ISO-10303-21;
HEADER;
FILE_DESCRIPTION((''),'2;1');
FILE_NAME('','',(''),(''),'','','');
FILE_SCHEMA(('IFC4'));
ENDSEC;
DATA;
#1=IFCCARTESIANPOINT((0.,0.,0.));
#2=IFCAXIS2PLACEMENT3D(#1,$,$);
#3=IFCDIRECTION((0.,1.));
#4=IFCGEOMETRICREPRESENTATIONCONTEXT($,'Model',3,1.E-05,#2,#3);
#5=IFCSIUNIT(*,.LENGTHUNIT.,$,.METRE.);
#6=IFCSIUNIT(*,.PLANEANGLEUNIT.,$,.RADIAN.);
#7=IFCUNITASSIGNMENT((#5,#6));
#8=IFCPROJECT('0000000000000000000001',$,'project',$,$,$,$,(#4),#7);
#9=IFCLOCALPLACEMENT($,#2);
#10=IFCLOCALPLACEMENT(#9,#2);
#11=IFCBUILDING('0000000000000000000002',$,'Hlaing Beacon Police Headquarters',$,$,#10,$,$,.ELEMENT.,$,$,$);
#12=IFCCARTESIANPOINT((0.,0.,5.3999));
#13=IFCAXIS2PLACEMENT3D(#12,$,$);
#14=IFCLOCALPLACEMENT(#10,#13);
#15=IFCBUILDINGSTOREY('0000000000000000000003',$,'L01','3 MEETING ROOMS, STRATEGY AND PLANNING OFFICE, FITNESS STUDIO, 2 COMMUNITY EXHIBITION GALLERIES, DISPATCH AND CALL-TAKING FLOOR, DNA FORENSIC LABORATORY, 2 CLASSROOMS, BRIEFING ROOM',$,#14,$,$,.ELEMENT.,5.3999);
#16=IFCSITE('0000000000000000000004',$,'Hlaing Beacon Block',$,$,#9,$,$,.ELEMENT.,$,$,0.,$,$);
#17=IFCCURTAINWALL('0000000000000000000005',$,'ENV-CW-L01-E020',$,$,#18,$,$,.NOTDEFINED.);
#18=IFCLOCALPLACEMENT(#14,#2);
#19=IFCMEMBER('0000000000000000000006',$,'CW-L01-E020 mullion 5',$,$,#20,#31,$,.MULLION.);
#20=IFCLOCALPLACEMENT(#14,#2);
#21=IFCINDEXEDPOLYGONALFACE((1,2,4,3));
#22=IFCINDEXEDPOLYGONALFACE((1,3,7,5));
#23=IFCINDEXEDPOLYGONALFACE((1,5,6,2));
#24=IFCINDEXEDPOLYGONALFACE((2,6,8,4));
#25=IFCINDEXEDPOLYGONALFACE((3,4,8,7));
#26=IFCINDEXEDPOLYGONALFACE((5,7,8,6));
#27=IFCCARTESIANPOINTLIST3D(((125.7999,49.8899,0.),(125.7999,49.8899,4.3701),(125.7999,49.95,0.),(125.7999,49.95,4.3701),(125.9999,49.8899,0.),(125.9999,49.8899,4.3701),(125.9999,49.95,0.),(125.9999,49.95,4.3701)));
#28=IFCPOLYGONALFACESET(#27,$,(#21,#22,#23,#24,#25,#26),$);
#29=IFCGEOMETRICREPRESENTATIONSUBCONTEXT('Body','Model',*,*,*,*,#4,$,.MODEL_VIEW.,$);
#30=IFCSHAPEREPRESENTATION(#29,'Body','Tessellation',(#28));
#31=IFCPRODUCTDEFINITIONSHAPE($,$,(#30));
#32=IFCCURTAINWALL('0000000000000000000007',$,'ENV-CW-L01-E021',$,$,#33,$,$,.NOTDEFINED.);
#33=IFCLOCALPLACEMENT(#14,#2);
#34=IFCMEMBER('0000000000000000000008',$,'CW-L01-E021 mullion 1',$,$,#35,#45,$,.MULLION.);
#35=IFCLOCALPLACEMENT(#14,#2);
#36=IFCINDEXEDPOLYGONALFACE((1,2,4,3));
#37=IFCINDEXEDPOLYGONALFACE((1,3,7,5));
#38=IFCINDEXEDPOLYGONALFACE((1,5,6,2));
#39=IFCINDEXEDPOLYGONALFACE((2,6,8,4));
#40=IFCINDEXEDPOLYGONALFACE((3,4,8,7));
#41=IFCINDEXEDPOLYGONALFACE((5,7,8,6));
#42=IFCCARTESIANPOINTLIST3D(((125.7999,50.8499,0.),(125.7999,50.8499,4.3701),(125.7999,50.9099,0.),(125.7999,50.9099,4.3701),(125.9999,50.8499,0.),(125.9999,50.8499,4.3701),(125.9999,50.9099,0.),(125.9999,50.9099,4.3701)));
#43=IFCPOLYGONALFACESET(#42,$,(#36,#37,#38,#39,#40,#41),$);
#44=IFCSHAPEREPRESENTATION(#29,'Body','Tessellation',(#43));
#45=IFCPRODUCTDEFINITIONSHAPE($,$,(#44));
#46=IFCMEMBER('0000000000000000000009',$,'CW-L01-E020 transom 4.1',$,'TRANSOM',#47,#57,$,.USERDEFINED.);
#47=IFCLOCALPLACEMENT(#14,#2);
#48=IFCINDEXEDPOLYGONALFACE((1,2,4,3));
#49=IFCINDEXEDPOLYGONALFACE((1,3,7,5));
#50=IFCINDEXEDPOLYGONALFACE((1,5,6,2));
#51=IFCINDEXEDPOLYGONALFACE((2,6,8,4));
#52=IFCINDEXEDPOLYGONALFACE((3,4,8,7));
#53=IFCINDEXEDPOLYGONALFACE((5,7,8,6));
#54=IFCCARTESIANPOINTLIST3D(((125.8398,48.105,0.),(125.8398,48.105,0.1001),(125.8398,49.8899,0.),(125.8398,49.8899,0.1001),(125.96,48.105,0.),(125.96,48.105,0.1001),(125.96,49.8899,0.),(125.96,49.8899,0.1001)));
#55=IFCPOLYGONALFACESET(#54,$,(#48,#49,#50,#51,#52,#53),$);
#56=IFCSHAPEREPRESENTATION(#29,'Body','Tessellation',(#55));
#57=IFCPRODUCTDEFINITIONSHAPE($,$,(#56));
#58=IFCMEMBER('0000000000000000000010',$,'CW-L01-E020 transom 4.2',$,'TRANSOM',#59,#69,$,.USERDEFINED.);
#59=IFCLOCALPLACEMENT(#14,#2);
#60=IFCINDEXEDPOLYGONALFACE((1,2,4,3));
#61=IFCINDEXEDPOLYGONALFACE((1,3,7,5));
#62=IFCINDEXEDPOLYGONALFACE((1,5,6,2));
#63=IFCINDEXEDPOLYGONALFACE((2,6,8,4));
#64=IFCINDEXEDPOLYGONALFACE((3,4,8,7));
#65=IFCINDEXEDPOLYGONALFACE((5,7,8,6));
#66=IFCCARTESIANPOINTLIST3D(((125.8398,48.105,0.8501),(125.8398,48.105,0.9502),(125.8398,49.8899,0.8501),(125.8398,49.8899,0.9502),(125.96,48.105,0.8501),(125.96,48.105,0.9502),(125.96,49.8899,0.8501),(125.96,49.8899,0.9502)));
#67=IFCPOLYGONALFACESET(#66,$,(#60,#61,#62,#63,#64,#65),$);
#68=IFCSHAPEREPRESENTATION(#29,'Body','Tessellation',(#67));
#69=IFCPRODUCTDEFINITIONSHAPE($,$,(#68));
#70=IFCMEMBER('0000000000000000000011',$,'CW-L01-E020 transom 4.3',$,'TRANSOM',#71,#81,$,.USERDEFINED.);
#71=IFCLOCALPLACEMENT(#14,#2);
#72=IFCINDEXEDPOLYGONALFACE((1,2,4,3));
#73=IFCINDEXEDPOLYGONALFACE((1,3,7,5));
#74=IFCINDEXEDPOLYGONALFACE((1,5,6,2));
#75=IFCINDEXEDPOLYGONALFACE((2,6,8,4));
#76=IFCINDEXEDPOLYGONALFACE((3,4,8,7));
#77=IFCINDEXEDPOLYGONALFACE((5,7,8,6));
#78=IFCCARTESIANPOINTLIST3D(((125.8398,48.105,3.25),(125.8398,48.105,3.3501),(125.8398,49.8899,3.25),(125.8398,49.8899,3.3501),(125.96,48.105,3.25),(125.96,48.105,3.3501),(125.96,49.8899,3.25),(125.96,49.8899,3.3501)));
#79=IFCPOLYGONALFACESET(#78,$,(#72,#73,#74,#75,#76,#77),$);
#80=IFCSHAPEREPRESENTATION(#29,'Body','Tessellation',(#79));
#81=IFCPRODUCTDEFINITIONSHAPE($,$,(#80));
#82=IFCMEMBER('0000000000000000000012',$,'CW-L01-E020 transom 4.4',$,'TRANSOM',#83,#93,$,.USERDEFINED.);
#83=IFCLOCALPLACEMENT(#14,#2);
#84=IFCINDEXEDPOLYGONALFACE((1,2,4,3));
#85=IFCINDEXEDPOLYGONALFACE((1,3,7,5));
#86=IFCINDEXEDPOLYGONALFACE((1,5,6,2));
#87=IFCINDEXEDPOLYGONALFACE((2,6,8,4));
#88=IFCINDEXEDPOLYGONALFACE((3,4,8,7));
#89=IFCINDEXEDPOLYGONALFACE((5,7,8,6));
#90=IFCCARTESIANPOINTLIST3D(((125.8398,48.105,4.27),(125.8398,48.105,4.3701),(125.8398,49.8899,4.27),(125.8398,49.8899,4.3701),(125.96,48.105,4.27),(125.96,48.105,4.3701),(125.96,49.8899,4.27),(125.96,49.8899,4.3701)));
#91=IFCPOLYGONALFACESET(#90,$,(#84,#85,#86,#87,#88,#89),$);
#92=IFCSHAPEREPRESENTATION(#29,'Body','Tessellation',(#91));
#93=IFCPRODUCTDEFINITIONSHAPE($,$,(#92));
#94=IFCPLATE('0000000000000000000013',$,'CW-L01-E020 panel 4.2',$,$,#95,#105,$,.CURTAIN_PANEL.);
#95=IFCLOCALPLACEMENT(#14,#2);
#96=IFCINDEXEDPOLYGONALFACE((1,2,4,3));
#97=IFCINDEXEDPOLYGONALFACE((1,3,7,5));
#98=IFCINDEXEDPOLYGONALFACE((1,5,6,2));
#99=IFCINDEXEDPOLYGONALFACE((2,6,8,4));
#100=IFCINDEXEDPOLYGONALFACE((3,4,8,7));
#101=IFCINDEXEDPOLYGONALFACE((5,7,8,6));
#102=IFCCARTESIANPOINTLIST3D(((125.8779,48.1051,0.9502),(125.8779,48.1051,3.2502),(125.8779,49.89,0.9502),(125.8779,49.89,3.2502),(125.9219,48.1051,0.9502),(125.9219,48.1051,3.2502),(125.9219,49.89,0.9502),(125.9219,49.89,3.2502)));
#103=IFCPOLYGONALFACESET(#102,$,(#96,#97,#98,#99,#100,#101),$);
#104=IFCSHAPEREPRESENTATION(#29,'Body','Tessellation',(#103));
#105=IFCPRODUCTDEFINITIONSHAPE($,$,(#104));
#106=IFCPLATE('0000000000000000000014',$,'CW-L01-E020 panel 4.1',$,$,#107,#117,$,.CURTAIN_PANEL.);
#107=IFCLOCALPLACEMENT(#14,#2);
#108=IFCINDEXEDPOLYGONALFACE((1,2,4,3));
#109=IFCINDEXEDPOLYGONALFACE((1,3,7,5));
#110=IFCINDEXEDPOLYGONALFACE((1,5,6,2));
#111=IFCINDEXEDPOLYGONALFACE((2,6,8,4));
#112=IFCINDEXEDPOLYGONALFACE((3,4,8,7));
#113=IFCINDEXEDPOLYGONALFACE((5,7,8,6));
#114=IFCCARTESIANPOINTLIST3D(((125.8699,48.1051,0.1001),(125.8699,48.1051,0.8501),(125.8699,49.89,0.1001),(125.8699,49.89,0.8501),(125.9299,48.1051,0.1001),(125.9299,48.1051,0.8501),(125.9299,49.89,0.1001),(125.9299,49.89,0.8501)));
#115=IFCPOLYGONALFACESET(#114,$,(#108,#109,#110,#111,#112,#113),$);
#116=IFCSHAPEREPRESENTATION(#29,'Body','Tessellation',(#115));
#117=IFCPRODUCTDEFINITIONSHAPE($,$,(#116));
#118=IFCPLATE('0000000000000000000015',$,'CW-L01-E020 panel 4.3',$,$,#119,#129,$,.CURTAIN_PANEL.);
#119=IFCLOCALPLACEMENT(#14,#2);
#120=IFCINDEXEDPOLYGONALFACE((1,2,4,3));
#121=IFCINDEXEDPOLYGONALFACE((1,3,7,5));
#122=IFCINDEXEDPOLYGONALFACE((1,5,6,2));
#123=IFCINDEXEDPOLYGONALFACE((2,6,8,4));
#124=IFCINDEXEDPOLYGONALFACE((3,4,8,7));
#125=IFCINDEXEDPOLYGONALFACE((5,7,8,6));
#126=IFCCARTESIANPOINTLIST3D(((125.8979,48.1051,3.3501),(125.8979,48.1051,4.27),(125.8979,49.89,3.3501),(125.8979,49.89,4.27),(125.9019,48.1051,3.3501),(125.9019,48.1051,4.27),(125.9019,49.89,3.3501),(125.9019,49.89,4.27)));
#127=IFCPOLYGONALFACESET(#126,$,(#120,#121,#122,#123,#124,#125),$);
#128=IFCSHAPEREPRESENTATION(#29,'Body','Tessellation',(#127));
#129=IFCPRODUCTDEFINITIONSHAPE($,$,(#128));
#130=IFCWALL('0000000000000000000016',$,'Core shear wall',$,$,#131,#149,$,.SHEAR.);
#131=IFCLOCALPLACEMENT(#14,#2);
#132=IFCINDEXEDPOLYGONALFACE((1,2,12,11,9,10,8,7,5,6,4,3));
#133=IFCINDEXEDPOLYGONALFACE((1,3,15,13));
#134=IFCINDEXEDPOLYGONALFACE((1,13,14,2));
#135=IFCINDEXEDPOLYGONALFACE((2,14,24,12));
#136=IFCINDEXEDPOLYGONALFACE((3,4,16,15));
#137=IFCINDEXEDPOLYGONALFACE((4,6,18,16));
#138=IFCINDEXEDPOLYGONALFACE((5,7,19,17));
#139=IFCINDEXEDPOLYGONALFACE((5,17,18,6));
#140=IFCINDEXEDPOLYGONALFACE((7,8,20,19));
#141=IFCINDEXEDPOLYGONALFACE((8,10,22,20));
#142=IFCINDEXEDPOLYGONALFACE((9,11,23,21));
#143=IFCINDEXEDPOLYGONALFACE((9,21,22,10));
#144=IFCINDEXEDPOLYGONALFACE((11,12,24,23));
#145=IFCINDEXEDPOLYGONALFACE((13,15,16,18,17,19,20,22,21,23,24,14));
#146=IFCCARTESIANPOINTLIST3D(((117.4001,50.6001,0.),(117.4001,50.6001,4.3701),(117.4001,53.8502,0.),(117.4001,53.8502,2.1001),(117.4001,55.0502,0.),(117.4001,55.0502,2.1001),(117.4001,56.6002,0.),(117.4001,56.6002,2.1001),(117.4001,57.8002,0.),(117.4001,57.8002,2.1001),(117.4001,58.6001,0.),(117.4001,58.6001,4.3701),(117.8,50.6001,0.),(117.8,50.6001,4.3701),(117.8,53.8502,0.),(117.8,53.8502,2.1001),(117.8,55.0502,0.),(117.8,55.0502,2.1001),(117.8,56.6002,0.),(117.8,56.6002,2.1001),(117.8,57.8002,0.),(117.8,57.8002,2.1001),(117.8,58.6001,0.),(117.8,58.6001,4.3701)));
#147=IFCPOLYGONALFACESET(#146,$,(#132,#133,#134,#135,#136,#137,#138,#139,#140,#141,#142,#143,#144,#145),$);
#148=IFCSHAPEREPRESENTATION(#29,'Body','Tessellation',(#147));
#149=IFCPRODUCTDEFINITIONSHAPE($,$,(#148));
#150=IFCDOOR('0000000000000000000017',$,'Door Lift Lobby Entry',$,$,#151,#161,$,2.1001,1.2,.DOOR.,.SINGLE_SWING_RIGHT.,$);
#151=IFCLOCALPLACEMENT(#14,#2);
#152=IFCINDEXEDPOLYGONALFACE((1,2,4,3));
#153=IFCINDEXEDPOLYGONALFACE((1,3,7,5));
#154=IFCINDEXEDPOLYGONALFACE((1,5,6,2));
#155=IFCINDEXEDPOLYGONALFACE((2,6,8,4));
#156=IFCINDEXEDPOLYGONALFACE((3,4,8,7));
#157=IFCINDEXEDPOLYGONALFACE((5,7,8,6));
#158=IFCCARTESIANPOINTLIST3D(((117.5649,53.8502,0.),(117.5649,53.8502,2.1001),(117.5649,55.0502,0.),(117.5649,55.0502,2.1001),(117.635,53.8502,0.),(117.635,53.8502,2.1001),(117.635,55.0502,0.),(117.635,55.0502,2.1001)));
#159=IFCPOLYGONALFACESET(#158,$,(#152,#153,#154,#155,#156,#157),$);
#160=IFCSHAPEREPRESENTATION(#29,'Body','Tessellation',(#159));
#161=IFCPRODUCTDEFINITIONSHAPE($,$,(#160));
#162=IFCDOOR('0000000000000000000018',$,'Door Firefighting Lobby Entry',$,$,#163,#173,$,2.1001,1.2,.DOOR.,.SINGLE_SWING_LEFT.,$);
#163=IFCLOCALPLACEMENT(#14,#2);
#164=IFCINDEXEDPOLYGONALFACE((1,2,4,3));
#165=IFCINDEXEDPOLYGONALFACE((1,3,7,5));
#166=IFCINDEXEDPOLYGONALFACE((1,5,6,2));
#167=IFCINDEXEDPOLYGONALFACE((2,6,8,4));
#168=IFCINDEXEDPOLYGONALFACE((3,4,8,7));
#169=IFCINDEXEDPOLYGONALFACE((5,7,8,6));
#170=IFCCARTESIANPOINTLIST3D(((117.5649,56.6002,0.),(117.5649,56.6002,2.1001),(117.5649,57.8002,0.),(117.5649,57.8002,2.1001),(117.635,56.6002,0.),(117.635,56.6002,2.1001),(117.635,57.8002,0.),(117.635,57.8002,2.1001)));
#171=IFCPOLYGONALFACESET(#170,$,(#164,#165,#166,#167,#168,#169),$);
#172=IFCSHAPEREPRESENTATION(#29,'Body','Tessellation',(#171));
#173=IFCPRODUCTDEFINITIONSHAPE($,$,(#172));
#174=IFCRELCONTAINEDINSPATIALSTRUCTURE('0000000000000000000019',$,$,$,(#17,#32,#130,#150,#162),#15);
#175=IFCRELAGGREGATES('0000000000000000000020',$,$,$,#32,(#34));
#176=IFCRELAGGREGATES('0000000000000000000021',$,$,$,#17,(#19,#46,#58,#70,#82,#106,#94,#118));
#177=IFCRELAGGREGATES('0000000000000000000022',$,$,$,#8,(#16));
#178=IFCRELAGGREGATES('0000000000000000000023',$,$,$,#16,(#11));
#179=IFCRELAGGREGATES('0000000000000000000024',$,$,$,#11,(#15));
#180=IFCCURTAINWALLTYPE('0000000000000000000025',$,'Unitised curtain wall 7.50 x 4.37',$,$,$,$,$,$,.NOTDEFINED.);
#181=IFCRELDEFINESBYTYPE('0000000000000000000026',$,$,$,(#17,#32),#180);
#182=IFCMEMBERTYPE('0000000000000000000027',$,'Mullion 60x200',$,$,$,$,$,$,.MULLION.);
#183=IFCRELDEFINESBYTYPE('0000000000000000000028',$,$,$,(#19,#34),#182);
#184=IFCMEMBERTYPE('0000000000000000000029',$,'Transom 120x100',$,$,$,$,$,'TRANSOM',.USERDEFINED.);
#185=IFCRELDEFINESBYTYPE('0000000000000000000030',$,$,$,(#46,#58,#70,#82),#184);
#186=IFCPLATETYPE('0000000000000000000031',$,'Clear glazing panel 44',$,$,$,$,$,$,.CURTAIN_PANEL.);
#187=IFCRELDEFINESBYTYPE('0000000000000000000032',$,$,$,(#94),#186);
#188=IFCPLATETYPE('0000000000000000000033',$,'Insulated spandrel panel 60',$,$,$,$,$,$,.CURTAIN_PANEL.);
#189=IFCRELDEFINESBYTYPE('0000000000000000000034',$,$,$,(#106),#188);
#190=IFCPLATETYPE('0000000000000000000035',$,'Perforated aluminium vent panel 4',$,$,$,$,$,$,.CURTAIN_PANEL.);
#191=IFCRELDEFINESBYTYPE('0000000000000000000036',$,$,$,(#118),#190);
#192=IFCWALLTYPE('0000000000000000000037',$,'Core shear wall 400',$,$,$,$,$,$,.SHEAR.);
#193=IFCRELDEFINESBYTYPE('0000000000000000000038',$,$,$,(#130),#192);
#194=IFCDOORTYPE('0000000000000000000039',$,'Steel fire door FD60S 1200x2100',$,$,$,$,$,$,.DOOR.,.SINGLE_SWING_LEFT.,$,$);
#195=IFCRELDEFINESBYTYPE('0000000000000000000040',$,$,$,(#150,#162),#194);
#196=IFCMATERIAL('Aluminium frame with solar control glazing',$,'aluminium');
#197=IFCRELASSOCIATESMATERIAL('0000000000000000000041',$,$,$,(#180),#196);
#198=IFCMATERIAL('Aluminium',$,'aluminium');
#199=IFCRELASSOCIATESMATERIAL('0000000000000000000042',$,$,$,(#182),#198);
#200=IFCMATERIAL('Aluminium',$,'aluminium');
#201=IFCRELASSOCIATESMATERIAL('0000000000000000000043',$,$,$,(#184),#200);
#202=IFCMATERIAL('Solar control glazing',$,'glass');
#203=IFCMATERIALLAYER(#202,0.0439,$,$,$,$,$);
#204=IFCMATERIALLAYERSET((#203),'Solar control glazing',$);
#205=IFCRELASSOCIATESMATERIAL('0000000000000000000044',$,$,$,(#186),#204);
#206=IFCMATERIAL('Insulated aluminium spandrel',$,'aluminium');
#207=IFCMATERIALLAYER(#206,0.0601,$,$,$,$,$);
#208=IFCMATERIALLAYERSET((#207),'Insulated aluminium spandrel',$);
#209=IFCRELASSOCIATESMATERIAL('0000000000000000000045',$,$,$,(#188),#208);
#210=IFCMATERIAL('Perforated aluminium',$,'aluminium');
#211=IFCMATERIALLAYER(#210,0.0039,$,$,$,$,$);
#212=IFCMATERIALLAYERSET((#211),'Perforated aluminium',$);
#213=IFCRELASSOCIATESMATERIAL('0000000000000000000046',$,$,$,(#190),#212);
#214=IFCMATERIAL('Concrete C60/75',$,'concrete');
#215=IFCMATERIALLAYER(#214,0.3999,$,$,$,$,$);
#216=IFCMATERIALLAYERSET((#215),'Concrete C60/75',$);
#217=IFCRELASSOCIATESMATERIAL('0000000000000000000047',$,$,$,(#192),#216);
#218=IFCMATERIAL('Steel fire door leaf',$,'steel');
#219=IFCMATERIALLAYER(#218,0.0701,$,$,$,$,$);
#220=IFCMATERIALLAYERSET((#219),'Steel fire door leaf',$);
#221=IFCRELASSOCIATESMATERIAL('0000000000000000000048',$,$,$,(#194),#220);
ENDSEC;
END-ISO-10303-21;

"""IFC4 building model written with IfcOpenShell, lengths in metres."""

from ifc_helpers import new_model, si_unit, direction, frame, frame_2d, origin, origin_2d, place, context, subcontext, project, spatial, rectangle, extrude, material, layer, layer_set, material_profile, profile_set, type_object, element, fill, aggregate, save


model = new_model("IFC4")

# Units and contexts
model_context = context("Model", 3, precision=1e-05, world=origin(), true_north=direction((0.0, 1.0)))
body_context = subcontext(model_context, "Body", "Model", "MODEL_VIEW")
ifc_project = project(units=[si_unit("LENGTHUNIT", "METRE"), si_unit("PLANEANGLEUNIT", "RADIAN")], contexts=[model_context])

# Site, building, storey
site_placement = place(None, origin())
site = spatial("IfcSite", under=ifc_project, at=site_placement, Name="Hlaing Beacon Block", CompositionType="ELEMENT", RefElevation=0.0)
building_placement = place(site_placement, origin())
building = spatial("IfcBuilding", under=site, at=building_placement, Name="Hlaing Beacon Police Headquarters", CompositionType="ELEMENT")
storey_placement = place(building_placement, frame((0.0, 0.0, 5.3999)))
storey = spatial("IfcBuildingStorey", under=building, at=storey_placement, Name="L01", Description="3 MEETING ROOMS, STRATEGY AND PLANNING OFFICE, FITNESS STUDIO, 2 COMMUNITY EXHIBITION GALLERIES, DISPATCH AND CALL-TAKING FLOOR, DNA FORENSIC LABORATORY, 2 CLASSROOMS, BRIEFING ROOM", CompositionType="ELEMENT", Elevation=5.3999)

# Curtain walls, members
ifc_material_1 = material(Name="Aluminium frame with solar control glazing", Category="aluminium")
curtain_wall_type = type_object("IfcCurtainWallType", Name="Unitised curtain wall 7.50 x 4.37", PredefinedType="NOTDEFINED", material=ifc_material_1)
curtain_wall_1_placement = place(storey_placement, origin())
curtain_wall_1 = element("IfcCurtainWall", 1, at=curtain_wall_1_placement, inside=storey, type_object=curtain_wall_type, Name="ENV-CW-L01-E020", PredefinedType="NOTDEFINED")
ifc_material_2 = material(Name="Aluminium", Category="aluminium")
ifc_material_profile_1 = material_profile(ifc_material_2, rectangle(XDim=0.2, YDim=0.0601, at=origin_2d()), Name="Mullion 60x200")
ifc_profile_set_1 = profile_set([ifc_material_profile_1], Name="Aluminium")
member_type_1 = type_object("IfcMemberType", Name="Mullion 60x200", PredefinedType="MULLION", material=ifc_profile_set_1)
member_1_placement = place(storey_placement, frame((125.8999, 49.9199, 0.0), z_axis=(0.0, 0.0, 1.0), x_axis=(-1.0, 0.0, 0.0)))
member_1 = element("IfcMember", 2, at=member_1_placement, type_object=member_type_1, Name="CW-L01-E020 mullion 5", PredefinedType="MULLION", context=body_context, shape_type="SweptSolid", body=[
    extrude(rectangle(XDim=0.2, YDim=0.0601, at=origin_2d()), origin(), (0.0, 0.0, 1.0), 4.3701),
])
curtain_wall_2_placement = place(storey_placement, origin())
curtain_wall_2 = element("IfcCurtainWall", 3, at=curtain_wall_2_placement, inside=storey, type_object=curtain_wall_type, Name="ENV-CW-L01-E021", PredefinedType="NOTDEFINED")
member_2_placement = place(storey_placement, frame((125.8999, 50.8799, 0.0), z_axis=(0.0, 0.0, 1.0), x_axis=(-1.0, 0.0, 0.0)))
member_2 = element("IfcMember", 4, at=member_2_placement, type_object=member_type_1, Name="CW-L01-E021 mullion 1", PredefinedType="MULLION", context=body_context, shape_type="SweptSolid", body=[
    extrude(rectangle(XDim=0.2, YDim=0.0601, at=origin_2d()), origin(), (0.0, 0.0, 1.0), 4.3701),
])
aggregate(curtain_wall_2, [member_2])

# Members
ifc_material_3 = material(Name="Aluminium", Category="aluminium")
ifc_material_profile_2 = material_profile(ifc_material_3, rectangle(XDim=0.1201, YDim=0.1001, at=origin_2d()), Name="Transom 120x100")
ifc_profile_set_2 = profile_set([ifc_material_profile_2], Name="Aluminium")
member_type_2 = type_object("IfcMemberType", Name="Transom 120x100", ElementType="TRANSOM", PredefinedType="USERDEFINED", material=ifc_profile_set_2)
member_3_placement = place(storey_placement, frame((125.8999, 48.105, 0.05), z_axis=(0.0, 1.0, 0.0), x_axis=(-1.0, 0.0, 0.0)))
member_3 = element("IfcMember", 5, at=member_3_placement, type_object=member_type_2, Name="CW-L01-E020 transom 4.1", ObjectType="TRANSOM", PredefinedType="USERDEFINED", context=body_context, shape_type="SweptSolid", body=[
    extrude(rectangle(XDim=0.1201, YDim=0.1001, at=origin_2d()), origin(), (0.0, 0.0, 1.0), 1.7849),
])
member_4_placement = place(storey_placement, frame((125.8999, 48.105, 0.9001), z_axis=(0.0, 1.0, 0.0), x_axis=(-1.0, 0.0, 0.0)))
member_4 = element("IfcMember", 6, at=member_4_placement, type_object=member_type_2, Name="CW-L01-E020 transom 4.2", ObjectType="TRANSOM", PredefinedType="USERDEFINED", context=body_context, shape_type="SweptSolid", body=[
    extrude(rectangle(XDim=0.1201, YDim=0.1001, at=origin_2d()), origin(), (0.0, 0.0, 1.0), 1.7849),
])
member_5_placement = place(storey_placement, frame((125.8999, 48.105, 3.3), z_axis=(0.0, 1.0, 0.0), x_axis=(-1.0, 0.0, 0.0)))
member_5 = element("IfcMember", 7, at=member_5_placement, type_object=member_type_2, Name="CW-L01-E020 transom 4.3", ObjectType="TRANSOM", PredefinedType="USERDEFINED", context=body_context, shape_type="SweptSolid", body=[
    extrude(rectangle(XDim=0.1201, YDim=0.1001, at=origin_2d()), origin(), (0.0, 0.0, 1.0), 1.7849),
])
member_6_placement = place(storey_placement, frame((125.8999, 48.105, 4.3201), z_axis=(0.0, 1.0, 0.0), x_axis=(-1.0, 0.0, 0.0)))
member_6 = element("IfcMember", 8, at=member_6_placement, type_object=member_type_2, Name="CW-L01-E020 transom 4.4", ObjectType="TRANSOM", PredefinedType="USERDEFINED", context=body_context, shape_type="SweptSolid", body=[
    extrude(rectangle(XDim=0.1201, YDim=0.1001, at=origin_2d()), origin(), (0.0, 0.0, 1.0), 1.7849),
])

# Plates
ifc_material_4 = material(Name="Solar control glazing", Category="glass")
ifc_layer_1 = layer(ifc_material_4, 0.0439)
ifc_layer_set_1 = layer_set([ifc_layer_1], Name="Solar control glazing")
plate_type_1 = type_object("IfcPlateType", Name="Clear glazing panel 44", PredefinedType="CURTAIN_PANEL", material=ifc_layer_set_1)
plate_1_placement = place(storey_placement, frame((125.8999, 48.9976, 0.9502), z_axis=(0.0, 0.0, 1.0), x_axis=(0.0, 1.0, 0.0)))
plate_1 = element("IfcPlate", 9, at=plate_1_placement, type_object=plate_type_1, Name="CW-L01-E020 panel 4.2", PredefinedType="CURTAIN_PANEL", context=body_context, shape_type="SweptSolid", body=[
    extrude(rectangle(XDim=1.7849, YDim=0.0439, at=origin_2d()), origin(), (0.0, 0.0, 1.0), 2.3),
])
ifc_material_5 = material(Name="Insulated aluminium spandrel", Category="aluminium")
ifc_layer_2 = layer(ifc_material_5, 0.0601)
ifc_layer_set_2 = layer_set([ifc_layer_2], Name="Insulated aluminium spandrel")
plate_type_2 = type_object("IfcPlateType", Name="Insulated spandrel panel 60", PredefinedType="CURTAIN_PANEL", material=ifc_layer_set_2)
plate_2_placement = place(storey_placement, frame((125.8999, 48.9976, 0.1001), z_axis=(0.0, 0.0, 1.0), x_axis=(0.0, 1.0, 0.0)))
plate_2 = element("IfcPlate", 10, at=plate_2_placement, type_object=plate_type_2, Name="CW-L01-E020 panel 4.1", PredefinedType="CURTAIN_PANEL", context=body_context, shape_type="SweptSolid", body=[
    extrude(rectangle(XDim=1.7849, YDim=0.0601, at=origin_2d()), origin(), (0.0, 0.0, 1.0), 0.75),
])
ifc_material_6 = material(Name="Perforated aluminium", Category="aluminium")
ifc_layer_3 = layer(ifc_material_6, 0.0039)
ifc_layer_set_3 = layer_set([ifc_layer_3], Name="Perforated aluminium")
plate_type_3 = type_object("IfcPlateType", Name="Perforated aluminium vent panel 4", PredefinedType="CURTAIN_PANEL", material=ifc_layer_set_3)
plate_3_placement = place(storey_placement, frame((125.8999, 48.9976, 3.3501), z_axis=(0.0, 0.0, 1.0), x_axis=(0.0, 1.0, 0.0)))
plate_3 = element("IfcPlate", 11, at=plate_3_placement, type_object=plate_type_3, Name="CW-L01-E020 panel 4.3", PredefinedType="CURTAIN_PANEL", context=body_context, shape_type="SweptSolid", body=[
    extrude(rectangle(XDim=1.7849, YDim=0.0039, at=origin_2d()), origin(), (0.0, 0.0, 1.0), 0.9199),
])
aggregate(curtain_wall_1, [member_1, member_3, member_4, member_5, member_6, plate_2, plate_1, plate_3])

# Wall, openings, doors
ifc_material_7 = material(Name="Concrete C60/75", Category="concrete")
ifc_layer_4 = layer(ifc_material_7, 0.3999)
ifc_layer_set_4 = layer_set([ifc_layer_4], Name="Concrete C60/75")
wall_type_1 = type_object("IfcWallType", Name="Core shear wall 400", PredefinedType="SHEAR", material=ifc_layer_set_4)
wall_1_placement = place(storey_placement, frame((117.6001, 50.6001, 0.0), z_axis=(0.0, 0.0, 1.0), x_axis=(0.0, 1.0, 0.0)))
wall_1 = element("IfcWall", 12, at=wall_1_placement, inside=storey, type_object=wall_type_1, Name="Core shear wall", PredefinedType="SHEAR", context=body_context, shape_type="SweptSolid", body=[
    extrude(rectangle(XDim=8.0, YDim=0.3999, at=frame_2d((4.0, 0.0))), origin(), (0.0, 0.0, 1.0), 4.3701),
])
opening_1_placement = place(wall_1_placement, frame((3.25, 0.0, 0.0)))
opening_1 = element("IfcOpeningElement", 13, at=opening_1_placement, cuts=wall_1, PredefinedType="OPENING", context=body_context, shape_type="SweptSolid", body=[
    extrude(rectangle(XDim=1.2, YDim=2.1001, at=frame_2d((0.6001, 1.05))), frame((0.0, 0.21, 0.0), z_axis=(0.0, -1.0, 0.0), x_axis=(1.0, 0.0, 0.0)), (0.0, 0.0, 1.0), 0.4199),
])
opening_2_placement = place(wall_1_placement, frame((6.0, 0.0, 0.0)))
opening_2 = element("IfcOpeningElement", 14, at=opening_2_placement, cuts=wall_1, PredefinedType="OPENING", context=body_context, shape_type="SweptSolid", body=[
    extrude(rectangle(XDim=1.2, YDim=2.1001, at=frame_2d((0.6001, 1.05))), frame((0.0, 0.21, 0.0), z_axis=(0.0, -1.0, 0.0), x_axis=(1.0, 0.0, 0.0)), (0.0, 0.0, 1.0), 0.4199),
])
ifc_material_8 = material(Name="Steel fire door leaf", Category="steel")
ifc_layer_5 = layer(ifc_material_8, 0.0701)
ifc_layer_set_5 = layer_set([ifc_layer_5], Name="Steel fire door leaf")
door_type = type_object("IfcDoorType", Name="Steel fire door FD60S 1200x2100", OperationType="SINGLE_SWING_LEFT", PredefinedType="DOOR", material=ifc_layer_set_5)
door_1_placement = place(opening_1_placement, origin())
door_1 = element("IfcDoor", 15, at=door_1_placement, inside=storey, type_object=door_type, Name="Door Lift Lobby Entry", OperationType="SINGLE_SWING_RIGHT", OverallHeight=2.1001, OverallWidth=1.2, PredefinedType="DOOR", context=body_context, shape_type="SweptSolid", body=[
    extrude(rectangle(XDim=1.2, YDim=2.1001, at=frame_2d((0.6001, 1.05))), frame((0.0, 0.0352, 0.0), z_axis=(0.0, -1.0, 0.0), x_axis=(1.0, 0.0, 0.0)), (0.0, 0.0, 1.0), 0.0701),
])
fill(opening_1, door_1)
door_2_placement = place(opening_2_placement, origin())
door_2 = element("IfcDoor", 16, at=door_2_placement, inside=storey, type_object=door_type, Name="Door Firefighting Lobby Entry", OperationType="SINGLE_SWING_LEFT", OverallHeight=2.1001, OverallWidth=1.2, PredefinedType="DOOR", context=body_context, shape_type="SweptSolid", body=[
    extrude(rectangle(XDim=1.2, YDim=2.1001, at=frame_2d((0.6001, 1.05))), frame((0.0, 0.0352, 0.0), z_axis=(0.0, -1.0, 0.0), x_axis=(1.0, 0.0, 0.0)), (0.0, 0.0, 1.0), 0.0701),
])
fill(opening_2, door_2)

save(model, "model.ifc")
